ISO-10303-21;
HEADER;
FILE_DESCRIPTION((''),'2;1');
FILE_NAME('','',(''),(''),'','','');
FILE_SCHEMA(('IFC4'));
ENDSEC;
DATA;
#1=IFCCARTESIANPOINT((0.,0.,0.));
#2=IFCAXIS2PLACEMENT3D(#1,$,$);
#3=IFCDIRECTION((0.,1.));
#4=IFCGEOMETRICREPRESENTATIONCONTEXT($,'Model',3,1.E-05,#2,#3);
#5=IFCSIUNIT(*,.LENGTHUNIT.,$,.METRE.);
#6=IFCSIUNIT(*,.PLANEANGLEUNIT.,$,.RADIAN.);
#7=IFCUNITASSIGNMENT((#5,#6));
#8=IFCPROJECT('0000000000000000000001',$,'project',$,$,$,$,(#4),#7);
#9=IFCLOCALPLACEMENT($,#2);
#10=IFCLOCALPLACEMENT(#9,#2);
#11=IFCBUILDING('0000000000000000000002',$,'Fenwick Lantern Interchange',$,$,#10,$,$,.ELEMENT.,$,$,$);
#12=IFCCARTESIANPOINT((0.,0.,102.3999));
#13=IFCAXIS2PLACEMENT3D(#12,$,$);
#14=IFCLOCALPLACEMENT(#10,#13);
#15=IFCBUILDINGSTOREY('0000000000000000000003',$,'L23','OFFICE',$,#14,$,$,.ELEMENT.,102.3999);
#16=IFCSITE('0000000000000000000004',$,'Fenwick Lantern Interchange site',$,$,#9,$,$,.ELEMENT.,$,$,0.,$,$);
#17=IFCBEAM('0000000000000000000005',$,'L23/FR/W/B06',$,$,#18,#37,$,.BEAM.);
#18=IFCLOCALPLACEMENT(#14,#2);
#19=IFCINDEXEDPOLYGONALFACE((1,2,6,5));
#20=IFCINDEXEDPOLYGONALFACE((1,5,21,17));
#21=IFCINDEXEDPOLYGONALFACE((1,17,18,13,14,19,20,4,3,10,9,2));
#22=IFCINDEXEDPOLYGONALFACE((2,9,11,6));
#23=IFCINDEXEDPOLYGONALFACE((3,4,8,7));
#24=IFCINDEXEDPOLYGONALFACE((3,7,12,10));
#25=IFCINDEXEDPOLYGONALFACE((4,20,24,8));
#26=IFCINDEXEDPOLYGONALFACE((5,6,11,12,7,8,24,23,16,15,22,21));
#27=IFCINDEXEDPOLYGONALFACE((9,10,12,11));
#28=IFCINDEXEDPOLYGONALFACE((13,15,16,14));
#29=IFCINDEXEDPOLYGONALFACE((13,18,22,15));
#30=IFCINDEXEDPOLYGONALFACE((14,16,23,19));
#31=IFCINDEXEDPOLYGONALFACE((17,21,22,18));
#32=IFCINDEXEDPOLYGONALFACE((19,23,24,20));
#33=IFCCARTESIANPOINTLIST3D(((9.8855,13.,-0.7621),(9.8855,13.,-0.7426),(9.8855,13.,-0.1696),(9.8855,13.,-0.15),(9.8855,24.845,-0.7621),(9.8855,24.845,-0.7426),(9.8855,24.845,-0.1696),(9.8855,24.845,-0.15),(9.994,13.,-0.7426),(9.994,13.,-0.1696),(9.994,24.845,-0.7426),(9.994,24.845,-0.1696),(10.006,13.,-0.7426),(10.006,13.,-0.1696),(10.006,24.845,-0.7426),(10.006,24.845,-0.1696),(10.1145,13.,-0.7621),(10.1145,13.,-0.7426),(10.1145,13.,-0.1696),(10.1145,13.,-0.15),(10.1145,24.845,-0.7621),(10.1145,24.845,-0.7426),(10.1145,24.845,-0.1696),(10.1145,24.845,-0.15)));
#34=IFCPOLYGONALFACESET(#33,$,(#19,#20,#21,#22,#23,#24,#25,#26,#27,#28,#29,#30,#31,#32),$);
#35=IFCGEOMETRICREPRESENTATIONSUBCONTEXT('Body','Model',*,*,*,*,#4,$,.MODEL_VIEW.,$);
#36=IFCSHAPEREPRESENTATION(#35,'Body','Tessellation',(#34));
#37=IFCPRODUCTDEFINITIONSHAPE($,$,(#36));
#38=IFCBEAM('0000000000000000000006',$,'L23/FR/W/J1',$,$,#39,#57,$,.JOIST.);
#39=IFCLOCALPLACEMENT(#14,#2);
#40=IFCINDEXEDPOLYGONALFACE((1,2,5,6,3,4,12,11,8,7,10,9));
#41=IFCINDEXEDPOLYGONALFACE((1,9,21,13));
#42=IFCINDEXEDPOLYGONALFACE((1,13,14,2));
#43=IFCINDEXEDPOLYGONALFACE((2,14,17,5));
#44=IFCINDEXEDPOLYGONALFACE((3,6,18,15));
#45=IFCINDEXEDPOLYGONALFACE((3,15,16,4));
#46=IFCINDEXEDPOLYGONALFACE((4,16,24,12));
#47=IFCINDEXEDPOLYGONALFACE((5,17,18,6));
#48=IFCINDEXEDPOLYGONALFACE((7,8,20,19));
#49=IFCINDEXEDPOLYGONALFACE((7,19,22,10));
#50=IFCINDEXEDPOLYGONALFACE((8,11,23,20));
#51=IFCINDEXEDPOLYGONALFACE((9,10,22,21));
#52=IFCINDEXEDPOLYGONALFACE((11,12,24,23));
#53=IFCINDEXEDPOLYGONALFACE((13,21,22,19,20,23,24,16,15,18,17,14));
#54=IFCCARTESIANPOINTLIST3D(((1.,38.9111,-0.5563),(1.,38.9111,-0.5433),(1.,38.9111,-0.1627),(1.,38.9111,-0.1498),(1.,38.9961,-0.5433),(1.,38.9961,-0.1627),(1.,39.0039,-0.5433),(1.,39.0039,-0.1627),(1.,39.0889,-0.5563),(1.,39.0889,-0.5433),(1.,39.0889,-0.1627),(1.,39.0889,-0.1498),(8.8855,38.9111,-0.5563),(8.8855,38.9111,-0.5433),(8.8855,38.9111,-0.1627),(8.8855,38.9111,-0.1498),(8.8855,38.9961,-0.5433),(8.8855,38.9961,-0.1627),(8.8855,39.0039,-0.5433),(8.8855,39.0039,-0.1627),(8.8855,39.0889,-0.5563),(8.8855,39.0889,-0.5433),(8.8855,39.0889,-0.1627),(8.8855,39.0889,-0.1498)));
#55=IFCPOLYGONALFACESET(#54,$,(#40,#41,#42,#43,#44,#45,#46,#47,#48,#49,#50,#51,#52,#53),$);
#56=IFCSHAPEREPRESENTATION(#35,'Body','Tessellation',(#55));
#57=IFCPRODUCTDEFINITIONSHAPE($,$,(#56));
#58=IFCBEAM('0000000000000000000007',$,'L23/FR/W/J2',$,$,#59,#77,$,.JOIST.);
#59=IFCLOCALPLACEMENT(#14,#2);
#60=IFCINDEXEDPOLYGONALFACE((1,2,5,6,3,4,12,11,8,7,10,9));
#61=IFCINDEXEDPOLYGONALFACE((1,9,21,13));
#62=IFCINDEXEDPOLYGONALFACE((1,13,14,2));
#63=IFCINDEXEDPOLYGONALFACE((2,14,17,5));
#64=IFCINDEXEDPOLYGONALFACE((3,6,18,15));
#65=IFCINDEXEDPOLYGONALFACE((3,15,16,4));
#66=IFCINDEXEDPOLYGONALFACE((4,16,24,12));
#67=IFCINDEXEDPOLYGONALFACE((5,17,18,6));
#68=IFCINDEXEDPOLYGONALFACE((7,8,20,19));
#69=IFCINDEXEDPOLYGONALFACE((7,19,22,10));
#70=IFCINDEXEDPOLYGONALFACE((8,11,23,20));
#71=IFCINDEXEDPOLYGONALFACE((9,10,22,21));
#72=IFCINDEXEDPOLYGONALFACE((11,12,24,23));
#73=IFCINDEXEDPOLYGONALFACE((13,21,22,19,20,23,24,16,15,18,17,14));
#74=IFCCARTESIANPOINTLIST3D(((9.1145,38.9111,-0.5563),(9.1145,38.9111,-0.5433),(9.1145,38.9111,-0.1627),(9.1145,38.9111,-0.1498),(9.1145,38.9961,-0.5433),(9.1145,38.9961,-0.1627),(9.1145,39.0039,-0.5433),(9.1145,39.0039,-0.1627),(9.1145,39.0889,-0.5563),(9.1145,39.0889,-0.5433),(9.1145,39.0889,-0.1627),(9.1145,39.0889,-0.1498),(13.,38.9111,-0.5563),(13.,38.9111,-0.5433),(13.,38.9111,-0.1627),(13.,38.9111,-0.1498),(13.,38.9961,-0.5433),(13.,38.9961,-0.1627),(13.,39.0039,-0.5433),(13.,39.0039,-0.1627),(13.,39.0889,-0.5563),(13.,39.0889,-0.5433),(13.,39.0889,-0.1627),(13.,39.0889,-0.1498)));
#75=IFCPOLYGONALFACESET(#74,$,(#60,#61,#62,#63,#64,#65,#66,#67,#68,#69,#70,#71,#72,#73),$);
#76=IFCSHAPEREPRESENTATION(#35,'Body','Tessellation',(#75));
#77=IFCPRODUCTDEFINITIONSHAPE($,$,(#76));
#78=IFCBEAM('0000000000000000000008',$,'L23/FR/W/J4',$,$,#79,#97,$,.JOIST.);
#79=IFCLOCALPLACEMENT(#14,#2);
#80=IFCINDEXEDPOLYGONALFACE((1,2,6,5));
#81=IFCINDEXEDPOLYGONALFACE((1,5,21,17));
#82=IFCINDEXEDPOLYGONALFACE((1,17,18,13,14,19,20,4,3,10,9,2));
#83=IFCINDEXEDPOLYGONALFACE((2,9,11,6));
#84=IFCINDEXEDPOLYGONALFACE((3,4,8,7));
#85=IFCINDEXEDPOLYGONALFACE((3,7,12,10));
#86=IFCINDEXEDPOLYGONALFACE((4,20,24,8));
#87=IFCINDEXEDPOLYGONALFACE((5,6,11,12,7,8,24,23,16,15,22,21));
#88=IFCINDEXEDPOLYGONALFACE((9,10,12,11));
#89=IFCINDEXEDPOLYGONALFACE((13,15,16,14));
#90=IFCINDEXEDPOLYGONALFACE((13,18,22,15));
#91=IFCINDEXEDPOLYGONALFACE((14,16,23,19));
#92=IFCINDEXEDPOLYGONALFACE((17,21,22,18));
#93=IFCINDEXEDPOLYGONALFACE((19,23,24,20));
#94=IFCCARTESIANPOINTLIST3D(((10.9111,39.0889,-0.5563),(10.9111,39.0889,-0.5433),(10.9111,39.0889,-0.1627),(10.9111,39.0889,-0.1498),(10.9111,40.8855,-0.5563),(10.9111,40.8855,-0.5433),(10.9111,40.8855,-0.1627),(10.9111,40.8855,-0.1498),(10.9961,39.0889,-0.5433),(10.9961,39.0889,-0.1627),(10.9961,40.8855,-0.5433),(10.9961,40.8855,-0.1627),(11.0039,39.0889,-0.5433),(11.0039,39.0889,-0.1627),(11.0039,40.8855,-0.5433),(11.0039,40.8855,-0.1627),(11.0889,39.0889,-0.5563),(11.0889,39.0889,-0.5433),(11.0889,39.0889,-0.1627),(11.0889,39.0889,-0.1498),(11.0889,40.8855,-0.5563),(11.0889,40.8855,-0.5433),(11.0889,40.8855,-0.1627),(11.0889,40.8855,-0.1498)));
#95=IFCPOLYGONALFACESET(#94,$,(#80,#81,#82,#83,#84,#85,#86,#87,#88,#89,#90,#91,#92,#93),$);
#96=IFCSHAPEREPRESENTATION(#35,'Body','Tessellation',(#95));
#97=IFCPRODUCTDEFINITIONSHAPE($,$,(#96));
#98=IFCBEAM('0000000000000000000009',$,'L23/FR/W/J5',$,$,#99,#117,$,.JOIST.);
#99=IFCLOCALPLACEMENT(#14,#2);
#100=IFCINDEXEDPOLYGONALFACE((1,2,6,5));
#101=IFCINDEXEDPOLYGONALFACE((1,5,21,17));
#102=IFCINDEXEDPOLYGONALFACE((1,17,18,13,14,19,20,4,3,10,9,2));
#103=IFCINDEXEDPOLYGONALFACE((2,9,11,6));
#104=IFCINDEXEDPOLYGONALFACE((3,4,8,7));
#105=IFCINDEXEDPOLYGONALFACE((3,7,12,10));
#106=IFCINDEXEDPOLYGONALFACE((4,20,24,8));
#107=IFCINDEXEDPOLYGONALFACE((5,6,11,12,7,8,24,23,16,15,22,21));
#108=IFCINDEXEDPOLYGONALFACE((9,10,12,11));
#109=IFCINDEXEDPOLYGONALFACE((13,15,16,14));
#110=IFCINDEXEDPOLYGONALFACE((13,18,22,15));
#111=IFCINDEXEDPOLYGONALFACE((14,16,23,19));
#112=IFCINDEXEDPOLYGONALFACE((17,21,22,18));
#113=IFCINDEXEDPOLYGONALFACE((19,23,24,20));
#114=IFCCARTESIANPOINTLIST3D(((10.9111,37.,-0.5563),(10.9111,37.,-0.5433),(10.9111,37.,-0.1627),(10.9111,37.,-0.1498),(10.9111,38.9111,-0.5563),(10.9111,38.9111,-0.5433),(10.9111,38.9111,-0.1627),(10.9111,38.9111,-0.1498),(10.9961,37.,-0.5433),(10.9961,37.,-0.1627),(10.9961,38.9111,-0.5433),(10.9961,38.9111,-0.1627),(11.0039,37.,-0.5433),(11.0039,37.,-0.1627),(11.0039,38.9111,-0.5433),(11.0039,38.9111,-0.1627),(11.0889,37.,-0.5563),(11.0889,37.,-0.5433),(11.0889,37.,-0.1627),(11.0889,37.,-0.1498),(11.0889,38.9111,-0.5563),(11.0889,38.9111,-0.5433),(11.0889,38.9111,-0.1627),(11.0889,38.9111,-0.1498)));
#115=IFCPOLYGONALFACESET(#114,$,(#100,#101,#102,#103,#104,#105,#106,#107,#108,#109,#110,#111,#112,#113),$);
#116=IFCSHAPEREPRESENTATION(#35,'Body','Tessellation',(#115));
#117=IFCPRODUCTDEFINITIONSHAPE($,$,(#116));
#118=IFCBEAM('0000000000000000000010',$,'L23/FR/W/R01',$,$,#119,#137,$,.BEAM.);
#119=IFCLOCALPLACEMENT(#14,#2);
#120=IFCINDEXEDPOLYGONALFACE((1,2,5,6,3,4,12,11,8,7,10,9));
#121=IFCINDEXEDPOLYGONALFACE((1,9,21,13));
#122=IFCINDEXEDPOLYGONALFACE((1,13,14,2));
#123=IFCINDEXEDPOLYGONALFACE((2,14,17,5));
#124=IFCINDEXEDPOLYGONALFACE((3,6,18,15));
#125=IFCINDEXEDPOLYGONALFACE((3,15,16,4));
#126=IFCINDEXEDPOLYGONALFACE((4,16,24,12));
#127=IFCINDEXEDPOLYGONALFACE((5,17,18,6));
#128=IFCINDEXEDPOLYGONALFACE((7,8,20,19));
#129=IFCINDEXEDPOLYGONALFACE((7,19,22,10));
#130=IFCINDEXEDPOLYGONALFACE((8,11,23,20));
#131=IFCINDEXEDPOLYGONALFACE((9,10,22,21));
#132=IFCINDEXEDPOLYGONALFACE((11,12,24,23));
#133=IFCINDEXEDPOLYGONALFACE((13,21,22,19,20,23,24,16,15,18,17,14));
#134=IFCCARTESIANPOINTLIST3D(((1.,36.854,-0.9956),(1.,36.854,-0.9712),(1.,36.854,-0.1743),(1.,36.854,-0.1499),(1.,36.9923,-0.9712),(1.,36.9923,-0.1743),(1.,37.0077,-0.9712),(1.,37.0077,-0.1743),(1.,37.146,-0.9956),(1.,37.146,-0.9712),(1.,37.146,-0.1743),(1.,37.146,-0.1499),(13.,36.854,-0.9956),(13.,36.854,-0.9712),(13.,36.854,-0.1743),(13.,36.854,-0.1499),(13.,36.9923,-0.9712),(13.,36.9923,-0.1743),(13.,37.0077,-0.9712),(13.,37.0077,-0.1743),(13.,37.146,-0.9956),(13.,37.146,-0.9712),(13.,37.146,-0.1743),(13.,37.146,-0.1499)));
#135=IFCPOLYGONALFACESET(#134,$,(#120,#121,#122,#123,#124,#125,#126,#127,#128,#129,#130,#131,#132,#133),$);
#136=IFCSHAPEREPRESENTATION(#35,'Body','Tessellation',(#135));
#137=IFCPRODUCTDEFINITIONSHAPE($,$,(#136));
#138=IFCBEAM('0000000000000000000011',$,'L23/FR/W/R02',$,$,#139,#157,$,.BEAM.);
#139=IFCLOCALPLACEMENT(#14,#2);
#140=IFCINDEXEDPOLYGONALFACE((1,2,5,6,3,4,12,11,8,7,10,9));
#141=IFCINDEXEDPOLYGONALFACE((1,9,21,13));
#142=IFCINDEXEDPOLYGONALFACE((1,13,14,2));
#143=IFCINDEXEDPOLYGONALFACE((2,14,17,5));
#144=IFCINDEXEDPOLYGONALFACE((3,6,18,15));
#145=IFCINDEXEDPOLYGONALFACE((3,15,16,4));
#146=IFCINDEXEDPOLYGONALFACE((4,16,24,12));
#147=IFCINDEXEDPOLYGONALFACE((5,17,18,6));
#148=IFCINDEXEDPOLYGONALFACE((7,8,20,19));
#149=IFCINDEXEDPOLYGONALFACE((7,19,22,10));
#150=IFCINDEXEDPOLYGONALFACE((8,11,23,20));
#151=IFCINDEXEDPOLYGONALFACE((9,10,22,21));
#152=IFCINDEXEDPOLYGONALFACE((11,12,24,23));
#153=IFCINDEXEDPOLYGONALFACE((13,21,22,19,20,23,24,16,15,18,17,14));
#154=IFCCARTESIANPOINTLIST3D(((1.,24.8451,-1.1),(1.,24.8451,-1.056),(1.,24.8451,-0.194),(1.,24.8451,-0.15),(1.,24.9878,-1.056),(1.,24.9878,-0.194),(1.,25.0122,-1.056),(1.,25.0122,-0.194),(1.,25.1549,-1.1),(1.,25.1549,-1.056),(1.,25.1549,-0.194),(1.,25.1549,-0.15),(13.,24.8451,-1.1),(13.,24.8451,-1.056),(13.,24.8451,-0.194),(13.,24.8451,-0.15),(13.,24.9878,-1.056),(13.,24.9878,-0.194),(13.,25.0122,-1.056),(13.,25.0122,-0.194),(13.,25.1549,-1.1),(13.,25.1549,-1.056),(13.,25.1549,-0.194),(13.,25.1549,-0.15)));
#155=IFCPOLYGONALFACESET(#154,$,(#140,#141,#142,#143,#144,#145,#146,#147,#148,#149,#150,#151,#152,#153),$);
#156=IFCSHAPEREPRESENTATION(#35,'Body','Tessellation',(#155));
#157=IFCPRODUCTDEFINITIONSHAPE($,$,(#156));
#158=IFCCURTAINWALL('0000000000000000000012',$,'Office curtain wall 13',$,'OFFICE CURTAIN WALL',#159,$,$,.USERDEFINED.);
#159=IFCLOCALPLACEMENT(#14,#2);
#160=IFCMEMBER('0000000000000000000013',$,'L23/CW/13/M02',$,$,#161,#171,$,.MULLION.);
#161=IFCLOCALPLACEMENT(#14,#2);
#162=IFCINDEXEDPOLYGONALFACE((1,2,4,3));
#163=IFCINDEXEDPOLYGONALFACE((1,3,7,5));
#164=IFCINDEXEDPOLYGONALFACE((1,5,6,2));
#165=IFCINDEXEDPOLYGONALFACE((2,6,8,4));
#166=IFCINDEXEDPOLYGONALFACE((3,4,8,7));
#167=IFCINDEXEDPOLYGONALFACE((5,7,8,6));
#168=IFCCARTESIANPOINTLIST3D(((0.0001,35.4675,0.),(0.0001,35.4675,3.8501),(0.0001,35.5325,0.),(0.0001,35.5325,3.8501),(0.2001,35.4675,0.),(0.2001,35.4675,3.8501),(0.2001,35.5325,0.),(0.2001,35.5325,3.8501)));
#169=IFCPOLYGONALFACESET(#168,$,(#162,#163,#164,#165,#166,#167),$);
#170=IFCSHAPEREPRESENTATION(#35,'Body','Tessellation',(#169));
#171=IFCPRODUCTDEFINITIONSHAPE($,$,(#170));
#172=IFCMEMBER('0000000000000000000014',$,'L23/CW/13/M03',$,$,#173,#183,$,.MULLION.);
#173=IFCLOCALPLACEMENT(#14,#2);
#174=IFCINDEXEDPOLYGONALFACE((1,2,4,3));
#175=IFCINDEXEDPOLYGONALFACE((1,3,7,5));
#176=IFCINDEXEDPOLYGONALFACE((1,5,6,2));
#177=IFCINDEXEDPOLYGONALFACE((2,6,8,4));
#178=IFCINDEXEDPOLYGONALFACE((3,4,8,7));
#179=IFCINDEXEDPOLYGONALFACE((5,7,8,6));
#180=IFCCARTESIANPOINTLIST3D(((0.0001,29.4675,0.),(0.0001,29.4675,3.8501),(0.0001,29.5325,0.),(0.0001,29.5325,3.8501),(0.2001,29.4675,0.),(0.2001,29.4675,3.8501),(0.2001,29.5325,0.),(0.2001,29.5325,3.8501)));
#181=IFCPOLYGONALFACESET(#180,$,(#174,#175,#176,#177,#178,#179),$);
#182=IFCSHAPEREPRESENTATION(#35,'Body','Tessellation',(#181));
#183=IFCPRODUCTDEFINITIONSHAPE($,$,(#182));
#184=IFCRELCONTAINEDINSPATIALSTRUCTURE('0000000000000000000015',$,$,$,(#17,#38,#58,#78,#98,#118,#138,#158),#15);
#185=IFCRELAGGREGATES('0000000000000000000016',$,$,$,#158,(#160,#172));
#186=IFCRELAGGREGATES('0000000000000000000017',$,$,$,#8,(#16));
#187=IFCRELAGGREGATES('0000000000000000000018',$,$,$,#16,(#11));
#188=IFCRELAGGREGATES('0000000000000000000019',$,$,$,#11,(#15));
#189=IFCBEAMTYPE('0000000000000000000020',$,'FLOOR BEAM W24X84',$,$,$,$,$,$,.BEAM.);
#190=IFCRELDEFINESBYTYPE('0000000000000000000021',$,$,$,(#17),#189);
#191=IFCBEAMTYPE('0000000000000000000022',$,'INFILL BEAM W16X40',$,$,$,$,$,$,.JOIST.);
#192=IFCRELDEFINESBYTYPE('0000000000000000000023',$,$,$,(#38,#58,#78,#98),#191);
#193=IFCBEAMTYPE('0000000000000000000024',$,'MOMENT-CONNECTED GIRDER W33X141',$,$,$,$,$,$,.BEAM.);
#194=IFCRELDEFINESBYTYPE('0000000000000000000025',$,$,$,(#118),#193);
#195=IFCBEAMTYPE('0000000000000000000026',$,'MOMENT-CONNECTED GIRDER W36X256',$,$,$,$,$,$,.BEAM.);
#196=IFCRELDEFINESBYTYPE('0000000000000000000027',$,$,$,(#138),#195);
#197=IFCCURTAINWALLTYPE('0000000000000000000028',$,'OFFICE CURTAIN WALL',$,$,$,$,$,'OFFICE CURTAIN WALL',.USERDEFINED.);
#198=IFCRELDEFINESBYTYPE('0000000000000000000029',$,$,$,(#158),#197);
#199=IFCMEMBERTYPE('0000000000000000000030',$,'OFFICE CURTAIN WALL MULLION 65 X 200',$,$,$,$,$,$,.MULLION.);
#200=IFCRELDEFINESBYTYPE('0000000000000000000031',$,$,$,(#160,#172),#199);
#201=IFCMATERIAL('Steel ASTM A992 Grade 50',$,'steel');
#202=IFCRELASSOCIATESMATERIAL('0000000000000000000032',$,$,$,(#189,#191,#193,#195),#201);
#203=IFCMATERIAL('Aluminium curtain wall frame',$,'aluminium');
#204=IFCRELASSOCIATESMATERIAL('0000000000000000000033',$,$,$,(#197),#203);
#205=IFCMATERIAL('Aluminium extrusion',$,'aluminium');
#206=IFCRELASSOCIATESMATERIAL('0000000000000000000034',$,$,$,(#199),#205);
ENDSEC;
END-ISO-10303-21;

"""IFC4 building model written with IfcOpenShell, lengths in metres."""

from ifc_helpers import new_model, si_unit, direction, frame, origin, origin_2d, place, context, subcontext, project, spatial, rectangle, i_section, extrude, material, material_profile, profile_set, type_object, element, aggregate, save


model = new_model("IFC4")

# Units and contexts
model_context = context("Model", 3, precision=1e-05, world=origin(), true_north=direction((0.0, 1.0)))
body_context = subcontext(model_context, "Body", "Model", "MODEL_VIEW")
ifc_project = project(units=[si_unit("LENGTHUNIT", "METRE"), si_unit("PLANEANGLEUNIT", "RADIAN")], contexts=[model_context])

# Site, building, storey
site_placement = place(None, origin())
site = spatial("IfcSite", under=ifc_project, at=site_placement, Name="Fenwick Lantern Interchange site", CompositionType="ELEMENT", RefElevation=0.0)
building_placement = place(site_placement, origin())
building = spatial("IfcBuilding", under=site, at=building_placement, Name="Fenwick Lantern Interchange", CompositionType="ELEMENT")
storey_placement = place(building_placement, frame((0.0, 0.0, 102.3999)))
storey = spatial("IfcBuildingStorey", under=building, at=storey_placement, Name="L23", Description="OFFICE", CompositionType="ELEMENT", Elevation=102.3999)

# Beams
ifc_material_1 = material(Name="Steel ASTM A992 Grade 50", Category="steel")
ifc_material_profile_1 = material_profile(ifc_material_1, i_section(OverallWidth=0.229, OverallDepth=0.6121, WebThickness=0.012, FlangeThickness=0.0195, at=origin_2d()), Name="W24X84")
ifc_profile_set_1 = profile_set([ifc_material_profile_1], Name="Steel ASTM A992 Grade 50")
beam_type_1 = type_object("IfcBeamType", Name="FLOOR BEAM W24X84", PredefinedType="BEAM", material=ifc_profile_set_1)
for number, where, z_axis, x_axis, name in (
    (1, (10.0, 24.845, -0.4561), (0.0, -1.0, 0.0), (1.0, 0.0, 0.0), "L23/FR/W/B06"),
):
    element("IfcBeam", number, at=place(storey_placement, frame(where, z_axis=z_axis, x_axis=x_axis)), inside=storey, type_object=beam_type_1, Name=name, PredefinedType="BEAM", context=body_context, shape_type="SweptSolid", body=[
        extrude(i_section(OverallWidth=0.229, OverallDepth=0.6121, WebThickness=0.012, FlangeThickness=0.0195, at=origin_2d()), origin(), (0.0, 0.0, 1.0), 11.845),
    ])
ifc_material_profile_2 = material_profile(ifc_material_1, i_section(OverallWidth=0.1777, OverallDepth=0.4065, WebThickness=0.0078, FlangeThickness=0.0129, at=origin_2d()), Name="W16X40")
ifc_profile_set_2 = profile_set([ifc_material_profile_2], Name="Steel ASTM A992 Grade 50")
beam_type_2 = type_object("IfcBeamType", Name="INFILL BEAM W16X40", PredefinedType="JOIST", material=ifc_profile_set_2)
beam_1_placement = place(storey_placement, frame((1.0, 39.0, -0.353), z_axis=(1.0, 0.0, 0.0), x_axis=(0.0, 1.0, 0.0)))
element("IfcBeam", 2, at=beam_1_placement, inside=storey, type_object=beam_type_2, Name="L23/FR/W/J1", PredefinedType="JOIST", context=body_context, shape_type="SweptSolid", body=[
    extrude(i_section(OverallWidth=0.1777, OverallDepth=0.4065, WebThickness=0.0078, FlangeThickness=0.0129, at=origin_2d()), origin(), (0.0, 0.0, 1.0), 7.8855),
])
beam_2_placement = place(storey_placement, frame((9.1145, 39.0, -0.353), z_axis=(1.0, 0.0, 0.0), x_axis=(0.0, 1.0, 0.0)))
element("IfcBeam", 3, at=beam_2_placement, inside=storey, type_object=beam_type_2, Name="L23/FR/W/J2", PredefinedType="JOIST", context=body_context, shape_type="SweptSolid", body=[
    extrude(i_section(OverallWidth=0.1777, OverallDepth=0.4065, WebThickness=0.0078, FlangeThickness=0.0129, at=origin_2d()), origin(), (0.0, 0.0, 1.0), 3.8855),
])
beam_3_placement = place(storey_placement, frame((11.0, 40.8855, -0.353), z_axis=(0.0, -1.0, 0.0), x_axis=(1.0, 0.0, 0.0)))
element("IfcBeam", 4, at=beam_3_placement, inside=storey, type_object=beam_type_2, Name="L23/FR/W/J4", PredefinedType="JOIST", context=body_context, shape_type="SweptSolid", body=[
    extrude(i_section(OverallWidth=0.1777, OverallDepth=0.4065, WebThickness=0.0078, FlangeThickness=0.0129, at=origin_2d()), origin(), (0.0, 0.0, 1.0), 1.7966),
])
beam_4_placement = place(storey_placement, frame((11.0, 38.9111, -0.353), z_axis=(0.0, -1.0, 0.0), x_axis=(1.0, 0.0, 0.0)))
element("IfcBeam", 5, at=beam_4_placement, inside=storey, type_object=beam_type_2, Name="L23/FR/W/J5", PredefinedType="JOIST", context=body_context, shape_type="SweptSolid", body=[
    extrude(i_section(OverallWidth=0.1777, OverallDepth=0.4065, WebThickness=0.0078, FlangeThickness=0.0129, at=origin_2d()), origin(), (0.0, 0.0, 1.0), 1.9111),
])
ifc_material_profile_3 = material_profile(ifc_material_1, i_section(OverallWidth=0.292, OverallDepth=0.8457, WebThickness=0.0154, FlangeThickness=0.0244, at=origin_2d()), Name="W33X141")
ifc_profile_set_3 = profile_set([ifc_material_profile_3], Name="Steel ASTM A992 Grade 50")
beam_type_3 = type_object("IfcBeamType", Name="MOMENT-CONNECTED GIRDER W33X141", PredefinedType="BEAM", material=ifc_profile_set_3)
beam_5_placement = place(storey_placement, frame((1.0, 37.0, -0.5728), z_axis=(1.0, 0.0, 0.0), x_axis=(0.0, 1.0, 0.0)))
element("IfcBeam", 6, at=beam_5_placement, inside=storey, type_object=beam_type_3, Name="L23/FR/W/R01", PredefinedType="BEAM", context=body_context, shape_type="SweptSolid", body=[
    extrude(i_section(OverallWidth=0.292, OverallDepth=0.8457, WebThickness=0.0154, FlangeThickness=0.0244, at=origin_2d()), origin(), (0.0, 0.0, 1.0), 12.0),
])
ifc_material_profile_4 = material_profile(ifc_material_1, i_section(OverallWidth=0.3098, OverallDepth=0.95, WebThickness=0.0244, FlangeThickness=0.0439, at=origin_2d()), Name="W36X256")
ifc_profile_set_4 = profile_set([ifc_material_profile_4], Name="Steel ASTM A992 Grade 50")
beam_type_4 = type_object("IfcBeamType", Name="MOMENT-CONNECTED GIRDER W36X256", PredefinedType="BEAM", material=ifc_profile_set_4)
beam_6_placement = place(storey_placement, frame((1.0, 25.0, -0.625), z_axis=(1.0, 0.0, 0.0), x_axis=(0.0, 1.0, 0.0)))
element("IfcBeam", 7, at=beam_6_placement, inside=storey, type_object=beam_type_4, Name="L23/FR/W/R02", PredefinedType="BEAM", context=body_context, shape_type="SweptSolid", body=[
    extrude(i_section(OverallWidth=0.3098, OverallDepth=0.95, WebThickness=0.0244, FlangeThickness=0.0439, at=origin_2d()), origin(), (0.0, 0.0, 1.0), 12.0),
])

# Curtain wall, members
ifc_material_2 = material(Name="Aluminium curtain wall frame", Category="aluminium")
curtain_wall_type = type_object("IfcCurtainWallType", Name="OFFICE CURTAIN WALL", ElementType="OFFICE CURTAIN WALL", PredefinedType="USERDEFINED", material=ifc_material_2)
curtain_wall_placement = place(storey_placement, origin())
curtain_wall = element("IfcCurtainWall", 8, at=curtain_wall_placement, inside=storey, type_object=curtain_wall_type, Name="Office curtain wall 13", ObjectType="OFFICE CURTAIN WALL", PredefinedType="USERDEFINED")
ifc_material_3 = material(Name="Aluminium extrusion", Category="aluminium")
ifc_material_profile_5 = material_profile(ifc_material_3, rectangle(XDim=0.2, YDim=0.0649, at=origin_2d()), Name="OFFICE CURTAIN WALL MULLION 65 X 200")
ifc_profile_set_5 = profile_set([ifc_material_profile_5], Name="Aluminium extrusion")
member_type_1 = type_object("IfcMemberType", Name="OFFICE CURTAIN WALL MULLION 65 X 200", PredefinedType="MULLION", material=ifc_profile_set_5)
member_1_placement = place(storey_placement, frame((0.1001, 35.5, 0.0), z_axis=(0.0, 0.0, 1.0), x_axis=(1.0, 0.0, 0.0)))
member_1 = element("IfcMember", 9, at=member_1_placement, type_object=member_type_1, Name="L23/CW/13/M02", PredefinedType="MULLION", context=body_context, shape_type="SweptSolid", body=[
    extrude(rectangle(XDim=0.2, YDim=0.0649, at=origin_2d()), origin(), (0.0, 0.0, 1.0), 3.8501),
])
member_2_placement = place(storey_placement, frame((0.1001, 29.5, 0.0), z_axis=(0.0, 0.0, 1.0), x_axis=(1.0, 0.0, 0.0)))
member_2 = element("IfcMember", 10, at=member_2_placement, type_object=member_type_1, Name="L23/CW/13/M03", PredefinedType="MULLION", context=body_context, shape_type="SweptSolid", body=[
    extrude(rectangle(XDim=0.2, YDim=0.0649, at=origin_2d()), origin(), (0.0, 0.0, 1.0), 3.8501),
])
aggregate(curtain_wall, [member_1, member_2])

save(model, "model.ifc")
